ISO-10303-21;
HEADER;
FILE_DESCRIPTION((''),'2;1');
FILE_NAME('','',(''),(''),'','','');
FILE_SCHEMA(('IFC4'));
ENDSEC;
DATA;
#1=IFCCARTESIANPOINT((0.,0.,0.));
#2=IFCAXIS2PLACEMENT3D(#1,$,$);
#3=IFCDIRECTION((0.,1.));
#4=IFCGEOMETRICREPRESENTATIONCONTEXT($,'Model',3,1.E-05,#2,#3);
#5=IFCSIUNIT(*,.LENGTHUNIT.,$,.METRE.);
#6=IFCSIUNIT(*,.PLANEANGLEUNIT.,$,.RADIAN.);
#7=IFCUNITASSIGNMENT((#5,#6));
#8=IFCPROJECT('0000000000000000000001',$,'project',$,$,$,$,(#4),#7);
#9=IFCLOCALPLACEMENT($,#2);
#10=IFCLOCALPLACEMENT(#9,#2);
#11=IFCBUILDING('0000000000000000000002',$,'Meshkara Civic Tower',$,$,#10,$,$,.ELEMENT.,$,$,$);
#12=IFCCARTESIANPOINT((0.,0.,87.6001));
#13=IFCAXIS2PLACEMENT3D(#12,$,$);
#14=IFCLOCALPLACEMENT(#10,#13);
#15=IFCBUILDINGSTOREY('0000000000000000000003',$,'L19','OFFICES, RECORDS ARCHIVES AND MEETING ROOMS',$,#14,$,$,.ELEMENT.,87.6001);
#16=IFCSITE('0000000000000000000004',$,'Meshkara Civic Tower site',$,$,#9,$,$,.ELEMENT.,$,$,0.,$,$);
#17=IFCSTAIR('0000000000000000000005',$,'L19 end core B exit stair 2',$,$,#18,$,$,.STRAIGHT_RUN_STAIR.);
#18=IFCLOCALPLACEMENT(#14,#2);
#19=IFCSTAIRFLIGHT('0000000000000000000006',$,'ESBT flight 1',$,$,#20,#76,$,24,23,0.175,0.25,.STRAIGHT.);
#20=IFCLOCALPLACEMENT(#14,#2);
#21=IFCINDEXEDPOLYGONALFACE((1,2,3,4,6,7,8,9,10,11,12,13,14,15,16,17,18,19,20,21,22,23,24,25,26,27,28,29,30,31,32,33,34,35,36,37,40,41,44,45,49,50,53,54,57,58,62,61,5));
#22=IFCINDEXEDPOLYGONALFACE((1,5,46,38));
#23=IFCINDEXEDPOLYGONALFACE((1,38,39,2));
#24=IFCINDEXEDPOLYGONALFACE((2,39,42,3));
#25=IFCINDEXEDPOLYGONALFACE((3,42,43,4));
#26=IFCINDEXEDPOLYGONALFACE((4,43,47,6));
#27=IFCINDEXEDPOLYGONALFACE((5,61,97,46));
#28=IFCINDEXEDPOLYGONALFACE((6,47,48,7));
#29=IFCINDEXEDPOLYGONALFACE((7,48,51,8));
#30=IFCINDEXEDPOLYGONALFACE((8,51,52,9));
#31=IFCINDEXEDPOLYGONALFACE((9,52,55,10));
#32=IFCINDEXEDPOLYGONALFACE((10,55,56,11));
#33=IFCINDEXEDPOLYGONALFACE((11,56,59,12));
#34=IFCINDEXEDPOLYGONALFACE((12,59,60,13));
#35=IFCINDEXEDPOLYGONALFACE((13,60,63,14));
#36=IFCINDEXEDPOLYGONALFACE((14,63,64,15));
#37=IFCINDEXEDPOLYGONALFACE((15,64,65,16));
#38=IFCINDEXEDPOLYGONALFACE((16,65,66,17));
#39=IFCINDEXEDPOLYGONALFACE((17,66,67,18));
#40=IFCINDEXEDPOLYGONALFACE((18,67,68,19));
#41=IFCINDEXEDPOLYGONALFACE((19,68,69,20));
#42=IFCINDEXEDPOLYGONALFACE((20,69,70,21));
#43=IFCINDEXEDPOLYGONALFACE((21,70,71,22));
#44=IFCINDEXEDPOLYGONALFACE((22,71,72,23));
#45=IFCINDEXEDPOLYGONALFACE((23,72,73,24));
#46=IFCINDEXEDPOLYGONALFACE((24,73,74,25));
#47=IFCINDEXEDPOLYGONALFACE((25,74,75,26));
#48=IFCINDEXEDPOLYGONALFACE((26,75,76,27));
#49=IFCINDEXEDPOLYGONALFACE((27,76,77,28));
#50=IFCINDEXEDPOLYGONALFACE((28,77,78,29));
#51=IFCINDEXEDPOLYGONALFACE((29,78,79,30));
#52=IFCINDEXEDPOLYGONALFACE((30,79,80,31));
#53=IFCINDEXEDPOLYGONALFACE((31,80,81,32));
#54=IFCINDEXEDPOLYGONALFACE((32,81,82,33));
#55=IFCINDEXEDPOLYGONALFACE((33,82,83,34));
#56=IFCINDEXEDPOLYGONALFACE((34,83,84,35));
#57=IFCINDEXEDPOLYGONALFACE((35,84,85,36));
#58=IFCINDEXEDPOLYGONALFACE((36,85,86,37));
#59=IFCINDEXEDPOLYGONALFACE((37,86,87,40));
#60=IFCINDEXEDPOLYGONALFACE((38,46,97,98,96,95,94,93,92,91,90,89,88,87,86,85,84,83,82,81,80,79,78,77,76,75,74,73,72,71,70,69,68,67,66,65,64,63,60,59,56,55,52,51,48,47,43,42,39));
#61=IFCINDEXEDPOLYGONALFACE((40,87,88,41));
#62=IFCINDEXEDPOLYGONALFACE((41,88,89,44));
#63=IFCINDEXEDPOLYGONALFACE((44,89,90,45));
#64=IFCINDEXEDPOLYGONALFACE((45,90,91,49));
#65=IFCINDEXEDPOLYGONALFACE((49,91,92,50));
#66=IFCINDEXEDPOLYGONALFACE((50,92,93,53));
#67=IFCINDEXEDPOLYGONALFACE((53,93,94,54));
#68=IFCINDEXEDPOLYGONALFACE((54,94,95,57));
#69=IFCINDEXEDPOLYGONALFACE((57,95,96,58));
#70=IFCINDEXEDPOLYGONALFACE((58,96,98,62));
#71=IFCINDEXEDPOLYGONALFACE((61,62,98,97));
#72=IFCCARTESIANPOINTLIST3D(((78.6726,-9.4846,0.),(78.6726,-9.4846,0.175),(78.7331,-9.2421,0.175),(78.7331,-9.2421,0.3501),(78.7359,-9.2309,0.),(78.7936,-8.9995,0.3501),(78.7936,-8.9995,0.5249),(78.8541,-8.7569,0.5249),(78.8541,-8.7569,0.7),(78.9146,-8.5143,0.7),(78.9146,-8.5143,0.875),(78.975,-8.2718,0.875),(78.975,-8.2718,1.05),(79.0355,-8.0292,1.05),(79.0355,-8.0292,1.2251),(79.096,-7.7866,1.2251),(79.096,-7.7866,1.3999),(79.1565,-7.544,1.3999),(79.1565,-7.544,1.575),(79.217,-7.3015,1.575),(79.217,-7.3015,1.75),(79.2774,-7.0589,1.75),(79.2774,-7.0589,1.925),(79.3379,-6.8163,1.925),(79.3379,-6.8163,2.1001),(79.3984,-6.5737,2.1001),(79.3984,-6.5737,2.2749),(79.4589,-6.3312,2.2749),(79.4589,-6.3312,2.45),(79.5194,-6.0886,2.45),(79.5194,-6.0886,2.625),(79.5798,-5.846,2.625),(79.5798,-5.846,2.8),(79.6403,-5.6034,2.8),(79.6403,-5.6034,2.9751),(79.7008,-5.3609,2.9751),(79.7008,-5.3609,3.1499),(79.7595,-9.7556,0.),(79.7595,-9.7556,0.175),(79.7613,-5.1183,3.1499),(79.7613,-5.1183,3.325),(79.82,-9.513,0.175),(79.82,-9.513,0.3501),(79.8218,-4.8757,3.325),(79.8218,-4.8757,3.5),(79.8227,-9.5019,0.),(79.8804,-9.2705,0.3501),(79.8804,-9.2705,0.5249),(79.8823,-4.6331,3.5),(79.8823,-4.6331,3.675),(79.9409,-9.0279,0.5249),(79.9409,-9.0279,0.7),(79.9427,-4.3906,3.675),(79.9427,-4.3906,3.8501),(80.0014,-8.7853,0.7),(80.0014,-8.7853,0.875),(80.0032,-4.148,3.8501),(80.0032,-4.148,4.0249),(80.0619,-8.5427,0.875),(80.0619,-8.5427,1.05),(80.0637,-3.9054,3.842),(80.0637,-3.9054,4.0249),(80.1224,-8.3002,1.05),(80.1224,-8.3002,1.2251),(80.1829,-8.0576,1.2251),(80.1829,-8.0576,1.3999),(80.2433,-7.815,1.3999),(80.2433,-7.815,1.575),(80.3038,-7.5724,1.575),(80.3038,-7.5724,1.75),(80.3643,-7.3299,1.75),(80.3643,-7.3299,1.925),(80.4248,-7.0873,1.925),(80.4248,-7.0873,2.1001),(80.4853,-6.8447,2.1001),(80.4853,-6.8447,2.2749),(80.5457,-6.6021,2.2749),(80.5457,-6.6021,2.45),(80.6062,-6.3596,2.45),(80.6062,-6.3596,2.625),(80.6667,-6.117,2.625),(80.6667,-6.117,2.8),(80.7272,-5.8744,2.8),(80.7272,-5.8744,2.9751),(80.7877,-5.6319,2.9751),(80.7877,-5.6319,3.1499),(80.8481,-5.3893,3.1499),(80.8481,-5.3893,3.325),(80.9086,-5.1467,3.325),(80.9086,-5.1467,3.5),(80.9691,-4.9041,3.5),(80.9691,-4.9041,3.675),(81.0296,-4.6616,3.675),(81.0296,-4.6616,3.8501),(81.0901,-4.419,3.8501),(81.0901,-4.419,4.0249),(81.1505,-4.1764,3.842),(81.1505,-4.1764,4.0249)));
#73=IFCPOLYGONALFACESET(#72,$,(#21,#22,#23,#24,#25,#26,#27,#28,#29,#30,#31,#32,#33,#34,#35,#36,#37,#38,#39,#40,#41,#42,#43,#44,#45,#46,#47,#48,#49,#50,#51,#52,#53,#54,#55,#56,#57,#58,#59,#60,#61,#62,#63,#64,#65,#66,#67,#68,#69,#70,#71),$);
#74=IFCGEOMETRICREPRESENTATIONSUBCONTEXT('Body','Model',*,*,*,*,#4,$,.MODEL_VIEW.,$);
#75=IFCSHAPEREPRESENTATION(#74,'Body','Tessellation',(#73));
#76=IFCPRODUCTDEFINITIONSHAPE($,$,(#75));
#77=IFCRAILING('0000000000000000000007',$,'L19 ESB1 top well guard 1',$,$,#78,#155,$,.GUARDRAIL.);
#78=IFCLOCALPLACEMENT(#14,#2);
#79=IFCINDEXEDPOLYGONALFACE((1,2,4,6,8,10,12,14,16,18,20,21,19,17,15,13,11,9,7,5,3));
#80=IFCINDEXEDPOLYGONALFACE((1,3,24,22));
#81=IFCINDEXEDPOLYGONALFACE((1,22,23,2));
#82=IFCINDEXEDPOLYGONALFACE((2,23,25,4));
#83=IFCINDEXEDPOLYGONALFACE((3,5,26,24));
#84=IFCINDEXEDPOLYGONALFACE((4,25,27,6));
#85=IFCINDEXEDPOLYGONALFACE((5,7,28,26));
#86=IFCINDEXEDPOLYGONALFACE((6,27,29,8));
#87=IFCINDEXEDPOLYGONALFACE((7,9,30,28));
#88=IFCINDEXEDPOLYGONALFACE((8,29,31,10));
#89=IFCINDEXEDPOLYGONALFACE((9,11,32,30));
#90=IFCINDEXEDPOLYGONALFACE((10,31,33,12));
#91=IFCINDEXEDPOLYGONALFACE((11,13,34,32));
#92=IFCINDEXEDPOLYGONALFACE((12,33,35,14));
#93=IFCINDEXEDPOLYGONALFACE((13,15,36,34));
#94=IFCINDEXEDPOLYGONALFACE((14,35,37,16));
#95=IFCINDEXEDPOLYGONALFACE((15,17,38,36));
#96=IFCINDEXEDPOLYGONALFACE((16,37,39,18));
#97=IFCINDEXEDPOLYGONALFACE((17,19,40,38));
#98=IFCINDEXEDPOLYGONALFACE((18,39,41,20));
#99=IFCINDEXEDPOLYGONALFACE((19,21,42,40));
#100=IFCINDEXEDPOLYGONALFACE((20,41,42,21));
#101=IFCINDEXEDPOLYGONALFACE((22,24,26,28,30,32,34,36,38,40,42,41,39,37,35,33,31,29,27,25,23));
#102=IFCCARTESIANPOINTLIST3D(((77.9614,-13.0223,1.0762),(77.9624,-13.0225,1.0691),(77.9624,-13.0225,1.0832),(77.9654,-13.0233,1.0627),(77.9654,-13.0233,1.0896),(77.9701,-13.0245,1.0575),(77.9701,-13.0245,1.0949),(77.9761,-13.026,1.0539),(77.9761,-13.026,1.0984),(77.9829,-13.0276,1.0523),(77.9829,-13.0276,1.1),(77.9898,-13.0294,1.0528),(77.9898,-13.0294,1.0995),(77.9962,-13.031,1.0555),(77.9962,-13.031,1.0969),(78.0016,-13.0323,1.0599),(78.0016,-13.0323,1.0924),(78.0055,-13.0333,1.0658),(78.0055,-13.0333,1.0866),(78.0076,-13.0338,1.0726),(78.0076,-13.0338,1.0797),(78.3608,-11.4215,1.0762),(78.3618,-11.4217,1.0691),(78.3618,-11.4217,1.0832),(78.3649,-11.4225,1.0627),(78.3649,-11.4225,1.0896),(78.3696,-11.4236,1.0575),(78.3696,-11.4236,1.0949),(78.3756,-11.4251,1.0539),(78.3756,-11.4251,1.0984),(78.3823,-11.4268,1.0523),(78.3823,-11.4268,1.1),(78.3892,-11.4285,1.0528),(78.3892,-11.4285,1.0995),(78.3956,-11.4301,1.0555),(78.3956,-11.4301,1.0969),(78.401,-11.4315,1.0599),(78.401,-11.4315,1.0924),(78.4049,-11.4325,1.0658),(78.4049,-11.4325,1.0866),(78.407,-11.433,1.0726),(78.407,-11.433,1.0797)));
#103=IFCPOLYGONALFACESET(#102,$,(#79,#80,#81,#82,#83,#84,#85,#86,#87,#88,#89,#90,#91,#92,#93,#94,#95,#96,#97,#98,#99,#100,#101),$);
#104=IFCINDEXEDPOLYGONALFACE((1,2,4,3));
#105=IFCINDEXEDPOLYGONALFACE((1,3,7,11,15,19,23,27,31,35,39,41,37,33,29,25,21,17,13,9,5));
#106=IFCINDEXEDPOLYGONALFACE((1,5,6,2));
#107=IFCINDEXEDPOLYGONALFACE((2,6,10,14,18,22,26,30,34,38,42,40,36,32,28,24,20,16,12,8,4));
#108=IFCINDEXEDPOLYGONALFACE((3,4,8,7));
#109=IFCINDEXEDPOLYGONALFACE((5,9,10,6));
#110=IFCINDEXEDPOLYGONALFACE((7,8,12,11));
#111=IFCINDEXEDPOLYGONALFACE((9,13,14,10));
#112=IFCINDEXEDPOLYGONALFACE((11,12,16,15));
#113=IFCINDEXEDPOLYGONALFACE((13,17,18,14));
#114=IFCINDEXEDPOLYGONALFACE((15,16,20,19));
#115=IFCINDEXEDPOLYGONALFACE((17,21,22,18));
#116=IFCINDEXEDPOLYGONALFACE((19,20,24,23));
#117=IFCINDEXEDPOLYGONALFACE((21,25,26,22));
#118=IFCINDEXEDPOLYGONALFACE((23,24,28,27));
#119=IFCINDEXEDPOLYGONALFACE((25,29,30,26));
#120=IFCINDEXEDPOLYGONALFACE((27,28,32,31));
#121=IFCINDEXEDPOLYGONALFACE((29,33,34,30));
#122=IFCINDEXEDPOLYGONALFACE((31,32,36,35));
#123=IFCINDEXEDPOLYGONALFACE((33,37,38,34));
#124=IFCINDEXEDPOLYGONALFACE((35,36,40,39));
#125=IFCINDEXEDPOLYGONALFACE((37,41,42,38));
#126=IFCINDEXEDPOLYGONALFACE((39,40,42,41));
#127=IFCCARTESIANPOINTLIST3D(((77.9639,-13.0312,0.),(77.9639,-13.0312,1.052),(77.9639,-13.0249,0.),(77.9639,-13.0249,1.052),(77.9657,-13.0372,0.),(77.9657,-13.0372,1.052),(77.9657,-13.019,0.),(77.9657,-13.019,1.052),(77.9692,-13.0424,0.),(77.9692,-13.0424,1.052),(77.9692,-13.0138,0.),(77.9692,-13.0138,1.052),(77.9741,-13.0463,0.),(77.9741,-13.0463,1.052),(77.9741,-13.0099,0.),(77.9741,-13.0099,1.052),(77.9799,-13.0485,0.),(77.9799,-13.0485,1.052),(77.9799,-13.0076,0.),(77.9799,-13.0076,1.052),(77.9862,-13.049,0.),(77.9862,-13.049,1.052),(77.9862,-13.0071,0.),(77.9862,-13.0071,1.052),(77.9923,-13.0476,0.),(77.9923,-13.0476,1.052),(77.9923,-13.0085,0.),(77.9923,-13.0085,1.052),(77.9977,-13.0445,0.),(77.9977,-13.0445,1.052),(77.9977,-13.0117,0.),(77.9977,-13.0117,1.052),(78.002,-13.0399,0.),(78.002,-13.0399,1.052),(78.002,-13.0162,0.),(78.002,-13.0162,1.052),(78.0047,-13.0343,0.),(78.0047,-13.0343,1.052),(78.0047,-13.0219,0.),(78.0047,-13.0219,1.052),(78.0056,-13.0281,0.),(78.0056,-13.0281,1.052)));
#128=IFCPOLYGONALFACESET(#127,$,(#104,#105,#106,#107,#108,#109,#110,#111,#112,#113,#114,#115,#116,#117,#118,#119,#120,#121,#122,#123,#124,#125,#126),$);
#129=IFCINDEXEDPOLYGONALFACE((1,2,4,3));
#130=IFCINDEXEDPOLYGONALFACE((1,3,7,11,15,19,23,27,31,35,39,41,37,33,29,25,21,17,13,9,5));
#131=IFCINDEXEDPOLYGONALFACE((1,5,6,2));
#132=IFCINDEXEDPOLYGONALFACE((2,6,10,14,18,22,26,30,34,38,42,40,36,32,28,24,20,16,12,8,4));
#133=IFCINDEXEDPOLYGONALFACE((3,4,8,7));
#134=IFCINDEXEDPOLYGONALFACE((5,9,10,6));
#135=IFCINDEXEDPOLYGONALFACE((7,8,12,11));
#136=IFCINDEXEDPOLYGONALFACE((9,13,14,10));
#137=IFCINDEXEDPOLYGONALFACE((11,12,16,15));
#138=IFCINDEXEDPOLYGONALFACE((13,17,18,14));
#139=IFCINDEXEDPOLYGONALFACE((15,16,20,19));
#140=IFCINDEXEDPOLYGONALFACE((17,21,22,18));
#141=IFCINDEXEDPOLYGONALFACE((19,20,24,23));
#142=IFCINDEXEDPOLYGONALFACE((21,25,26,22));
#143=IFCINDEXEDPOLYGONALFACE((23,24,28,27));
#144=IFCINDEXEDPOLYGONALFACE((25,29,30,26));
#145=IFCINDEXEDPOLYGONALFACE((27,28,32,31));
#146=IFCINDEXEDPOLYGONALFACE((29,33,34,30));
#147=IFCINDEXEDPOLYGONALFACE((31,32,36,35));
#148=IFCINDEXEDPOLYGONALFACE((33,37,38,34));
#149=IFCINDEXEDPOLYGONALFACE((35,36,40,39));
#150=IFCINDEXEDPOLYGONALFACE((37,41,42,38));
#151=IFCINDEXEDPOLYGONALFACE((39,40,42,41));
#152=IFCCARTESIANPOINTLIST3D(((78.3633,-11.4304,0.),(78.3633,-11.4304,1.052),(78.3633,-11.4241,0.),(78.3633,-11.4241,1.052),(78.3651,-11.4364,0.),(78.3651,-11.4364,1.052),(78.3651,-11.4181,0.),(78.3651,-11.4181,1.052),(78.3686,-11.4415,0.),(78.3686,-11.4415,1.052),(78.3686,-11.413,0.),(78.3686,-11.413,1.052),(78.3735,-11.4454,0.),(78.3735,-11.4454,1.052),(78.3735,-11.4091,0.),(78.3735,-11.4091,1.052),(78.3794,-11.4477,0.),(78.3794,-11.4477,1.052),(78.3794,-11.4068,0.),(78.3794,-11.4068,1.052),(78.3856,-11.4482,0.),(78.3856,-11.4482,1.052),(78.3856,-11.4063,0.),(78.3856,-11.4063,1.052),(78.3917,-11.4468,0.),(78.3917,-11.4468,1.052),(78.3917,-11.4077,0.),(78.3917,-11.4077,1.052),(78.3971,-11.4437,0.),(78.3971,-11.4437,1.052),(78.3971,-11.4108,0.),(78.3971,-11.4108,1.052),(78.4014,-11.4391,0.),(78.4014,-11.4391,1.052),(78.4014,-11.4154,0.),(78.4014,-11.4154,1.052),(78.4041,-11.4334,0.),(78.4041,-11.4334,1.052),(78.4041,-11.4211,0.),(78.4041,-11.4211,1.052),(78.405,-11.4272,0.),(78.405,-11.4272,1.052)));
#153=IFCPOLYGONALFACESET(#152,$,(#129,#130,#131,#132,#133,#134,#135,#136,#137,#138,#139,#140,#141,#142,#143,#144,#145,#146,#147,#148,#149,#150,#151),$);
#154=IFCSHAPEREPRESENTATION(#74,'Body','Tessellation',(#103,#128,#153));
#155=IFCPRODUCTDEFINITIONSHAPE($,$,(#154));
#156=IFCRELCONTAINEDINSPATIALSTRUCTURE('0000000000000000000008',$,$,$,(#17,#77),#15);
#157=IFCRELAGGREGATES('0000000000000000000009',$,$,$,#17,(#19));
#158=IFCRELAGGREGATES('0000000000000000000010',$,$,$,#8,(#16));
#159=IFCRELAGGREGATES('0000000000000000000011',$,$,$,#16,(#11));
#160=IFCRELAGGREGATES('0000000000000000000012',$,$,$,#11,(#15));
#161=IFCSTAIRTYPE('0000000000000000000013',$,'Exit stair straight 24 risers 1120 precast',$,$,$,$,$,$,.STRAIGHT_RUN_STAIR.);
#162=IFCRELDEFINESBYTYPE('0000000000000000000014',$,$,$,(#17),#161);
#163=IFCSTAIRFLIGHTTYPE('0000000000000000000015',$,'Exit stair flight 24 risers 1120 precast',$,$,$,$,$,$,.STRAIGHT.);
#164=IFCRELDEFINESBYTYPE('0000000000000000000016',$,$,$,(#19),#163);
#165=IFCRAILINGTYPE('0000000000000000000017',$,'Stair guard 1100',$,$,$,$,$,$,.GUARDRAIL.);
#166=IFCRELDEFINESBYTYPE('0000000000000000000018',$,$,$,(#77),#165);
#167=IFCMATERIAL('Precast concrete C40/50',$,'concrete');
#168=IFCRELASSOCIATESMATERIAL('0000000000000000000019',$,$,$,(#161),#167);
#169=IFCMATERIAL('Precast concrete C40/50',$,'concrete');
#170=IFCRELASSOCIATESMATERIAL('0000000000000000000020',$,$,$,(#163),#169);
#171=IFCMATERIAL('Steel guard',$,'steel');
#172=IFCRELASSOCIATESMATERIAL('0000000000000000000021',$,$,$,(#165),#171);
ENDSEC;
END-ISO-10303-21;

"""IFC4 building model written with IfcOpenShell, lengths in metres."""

from ifc_helpers import new_model, si_unit, direction, frame, origin, origin_2d, place, context, subcontext, project, spatial, polyline, circle, outline, extrude, material, type_object, element, aggregate, save


model = new_model("IFC4")

# Units and contexts
model_context = context("Model", 3, precision=1e-05, world=origin(), true_north=direction((0.0, 1.0)))
body_context = subcontext(model_context, "Body", "Model", "MODEL_VIEW")
ifc_project = project(units=[si_unit("LENGTHUNIT", "METRE"), si_unit("PLANEANGLEUNIT", "RADIAN")], contexts=[model_context])

# Site, building, storey
site_placement = place(None, origin())
site = spatial("IfcSite", under=ifc_project, at=site_placement, Name="Meshkara Civic Tower site", CompositionType="ELEMENT", RefElevation=0.0)
building_placement = place(site_placement, origin())
building = spatial("IfcBuilding", under=site, at=building_placement, Name="Meshkara Civic Tower", CompositionType="ELEMENT")
storey_placement = place(building_placement, frame((0.0, 0.0, 87.6001)))
storey = spatial("IfcBuildingStorey", under=building, at=storey_placement, Name="L19", Description="OFFICES, RECORDS ARCHIVES AND MEETING ROOMS", CompositionType="ELEMENT", Elevation=87.6001)

# Stair, stair flight
ifc_material_1 = material(Name="Precast concrete C40/50", Category="concrete")
stair_type = type_object("IfcStairType", Name="Exit stair straight 24 risers 1120 precast", PredefinedType="STRAIGHT_RUN_STAIR", material=ifc_material_1)
stair_placement = place(storey_placement, origin())
stair = element("IfcStair", 1, at=stair_placement, inside=storey, type_object=stair_type, Name="L19 end core B exit stair 2", PredefinedType="STRAIGHT_RUN_STAIR")
ifc_material_2 = material(Name="Precast concrete C40/50", Category="concrete")
stair_flight_type = type_object("IfcStairFlightType", Name="Exit stair flight 24 risers 1120 precast", PredefinedType="STRAIGHT", material=ifc_material_2)
stair_flight_placement = place(storey_placement, frame((79.2161, -9.6201, 0.0), z_axis=(0.0, 0.0, 1.0), x_axis=(0.241922, 0.970296, 0.0)))
stair_flight = element("IfcStairFlight", 2, at=stair_flight_placement, type_object=stair_flight_type, Name="ESBT flight 1", NumberOfRisers=24, NumberOfTreads=23, PredefinedType="STRAIGHT", RiserHeight=0.175, TreadLength=0.25, context=body_context, shape_type="SweptSolid", body=[
    extrude(outline(polyline([(0.0, 0.0), (0.0, 0.175), (0.25, 0.175), (0.25, 0.3501), (0.5, 0.3501), (0.5, 0.5249), (0.75, 0.5249), (0.75, 0.7), (1.0, 0.7), (1.0, 0.875), (1.25, 0.875), (1.25, 1.05), (1.5, 1.05), (1.5, 1.2251), (1.75, 1.2251), (1.75, 1.3999), (2.0, 1.3999), (2.0, 1.575), (2.25, 1.575), (2.25, 1.75), (2.5, 1.75), (2.5, 1.925), (2.75, 1.925), (2.75, 2.1001), (3.0, 2.1001), (3.0, 2.2749), (3.25, 2.2749), (3.25, 2.45), (3.5, 2.45), (3.5, 2.625), (3.75, 2.625), (3.75, 2.8), (4.0, 2.8), (4.0, 2.9751), (4.25, 2.9751), (4.25, 3.1499), (4.5, 3.1499), (4.5, 3.325), (4.75, 3.325), (4.75, 3.5), (5.0, 3.5), (5.0, 3.675), (5.25, 3.675), (5.25, 3.8501), (5.5, 3.8501), (5.5, 4.0249), (5.75, 4.0249), (5.75, 4.2), (5.75, 3.842), (0.2615, 0.0), (0.0, 0.0)])), frame((0.0, 0.5601, 0.0), z_axis=(0.0, -1.0, 0.0), x_axis=(1.0, 0.0, 0.0)), (0.0, 0.0, 1.0), 1.1201),
])
aggregate(stair, [stair_flight])

# Railing
ifc_material_3 = material(Name="Steel guard", Category="steel")
railing_type_1 = type_object("IfcRailingType", Name="Stair guard 1100", PredefinedType="GUARDRAIL", material=ifc_material_3)
railing_1_placement = place(storey_placement, frame((77.9846, -13.0281, 0.0)))
element("IfcRailing", 3, at=railing_1_placement, inside=storey, type_object=railing_type_1, Name="L19 ESB1 top well guard 1", PredefinedType="GUARDRAIL", context=body_context, shape_type="SweptSolid", body=[
    extrude(circle(Radius=0.0239, at=origin_2d()), frame((0.0, 0.0, 1.0762), z_axis=(0.242083, 0.970256, 0.0), x_axis=(-0.970256, 0.242083, 0.0)), (0.0, 0.0, 1.0), 1.6499),
    extrude(circle(Radius=0.021, at=origin_2d()), origin(), (0.0, 0.0, 1.0), 1.052),
    extrude(circle(Radius=0.021, at=origin_2d()), frame((0.3994, 1.6008, 0.0)), (0.0, 0.0, 1.0), 1.052),
])

save(model, "model.ifc")
